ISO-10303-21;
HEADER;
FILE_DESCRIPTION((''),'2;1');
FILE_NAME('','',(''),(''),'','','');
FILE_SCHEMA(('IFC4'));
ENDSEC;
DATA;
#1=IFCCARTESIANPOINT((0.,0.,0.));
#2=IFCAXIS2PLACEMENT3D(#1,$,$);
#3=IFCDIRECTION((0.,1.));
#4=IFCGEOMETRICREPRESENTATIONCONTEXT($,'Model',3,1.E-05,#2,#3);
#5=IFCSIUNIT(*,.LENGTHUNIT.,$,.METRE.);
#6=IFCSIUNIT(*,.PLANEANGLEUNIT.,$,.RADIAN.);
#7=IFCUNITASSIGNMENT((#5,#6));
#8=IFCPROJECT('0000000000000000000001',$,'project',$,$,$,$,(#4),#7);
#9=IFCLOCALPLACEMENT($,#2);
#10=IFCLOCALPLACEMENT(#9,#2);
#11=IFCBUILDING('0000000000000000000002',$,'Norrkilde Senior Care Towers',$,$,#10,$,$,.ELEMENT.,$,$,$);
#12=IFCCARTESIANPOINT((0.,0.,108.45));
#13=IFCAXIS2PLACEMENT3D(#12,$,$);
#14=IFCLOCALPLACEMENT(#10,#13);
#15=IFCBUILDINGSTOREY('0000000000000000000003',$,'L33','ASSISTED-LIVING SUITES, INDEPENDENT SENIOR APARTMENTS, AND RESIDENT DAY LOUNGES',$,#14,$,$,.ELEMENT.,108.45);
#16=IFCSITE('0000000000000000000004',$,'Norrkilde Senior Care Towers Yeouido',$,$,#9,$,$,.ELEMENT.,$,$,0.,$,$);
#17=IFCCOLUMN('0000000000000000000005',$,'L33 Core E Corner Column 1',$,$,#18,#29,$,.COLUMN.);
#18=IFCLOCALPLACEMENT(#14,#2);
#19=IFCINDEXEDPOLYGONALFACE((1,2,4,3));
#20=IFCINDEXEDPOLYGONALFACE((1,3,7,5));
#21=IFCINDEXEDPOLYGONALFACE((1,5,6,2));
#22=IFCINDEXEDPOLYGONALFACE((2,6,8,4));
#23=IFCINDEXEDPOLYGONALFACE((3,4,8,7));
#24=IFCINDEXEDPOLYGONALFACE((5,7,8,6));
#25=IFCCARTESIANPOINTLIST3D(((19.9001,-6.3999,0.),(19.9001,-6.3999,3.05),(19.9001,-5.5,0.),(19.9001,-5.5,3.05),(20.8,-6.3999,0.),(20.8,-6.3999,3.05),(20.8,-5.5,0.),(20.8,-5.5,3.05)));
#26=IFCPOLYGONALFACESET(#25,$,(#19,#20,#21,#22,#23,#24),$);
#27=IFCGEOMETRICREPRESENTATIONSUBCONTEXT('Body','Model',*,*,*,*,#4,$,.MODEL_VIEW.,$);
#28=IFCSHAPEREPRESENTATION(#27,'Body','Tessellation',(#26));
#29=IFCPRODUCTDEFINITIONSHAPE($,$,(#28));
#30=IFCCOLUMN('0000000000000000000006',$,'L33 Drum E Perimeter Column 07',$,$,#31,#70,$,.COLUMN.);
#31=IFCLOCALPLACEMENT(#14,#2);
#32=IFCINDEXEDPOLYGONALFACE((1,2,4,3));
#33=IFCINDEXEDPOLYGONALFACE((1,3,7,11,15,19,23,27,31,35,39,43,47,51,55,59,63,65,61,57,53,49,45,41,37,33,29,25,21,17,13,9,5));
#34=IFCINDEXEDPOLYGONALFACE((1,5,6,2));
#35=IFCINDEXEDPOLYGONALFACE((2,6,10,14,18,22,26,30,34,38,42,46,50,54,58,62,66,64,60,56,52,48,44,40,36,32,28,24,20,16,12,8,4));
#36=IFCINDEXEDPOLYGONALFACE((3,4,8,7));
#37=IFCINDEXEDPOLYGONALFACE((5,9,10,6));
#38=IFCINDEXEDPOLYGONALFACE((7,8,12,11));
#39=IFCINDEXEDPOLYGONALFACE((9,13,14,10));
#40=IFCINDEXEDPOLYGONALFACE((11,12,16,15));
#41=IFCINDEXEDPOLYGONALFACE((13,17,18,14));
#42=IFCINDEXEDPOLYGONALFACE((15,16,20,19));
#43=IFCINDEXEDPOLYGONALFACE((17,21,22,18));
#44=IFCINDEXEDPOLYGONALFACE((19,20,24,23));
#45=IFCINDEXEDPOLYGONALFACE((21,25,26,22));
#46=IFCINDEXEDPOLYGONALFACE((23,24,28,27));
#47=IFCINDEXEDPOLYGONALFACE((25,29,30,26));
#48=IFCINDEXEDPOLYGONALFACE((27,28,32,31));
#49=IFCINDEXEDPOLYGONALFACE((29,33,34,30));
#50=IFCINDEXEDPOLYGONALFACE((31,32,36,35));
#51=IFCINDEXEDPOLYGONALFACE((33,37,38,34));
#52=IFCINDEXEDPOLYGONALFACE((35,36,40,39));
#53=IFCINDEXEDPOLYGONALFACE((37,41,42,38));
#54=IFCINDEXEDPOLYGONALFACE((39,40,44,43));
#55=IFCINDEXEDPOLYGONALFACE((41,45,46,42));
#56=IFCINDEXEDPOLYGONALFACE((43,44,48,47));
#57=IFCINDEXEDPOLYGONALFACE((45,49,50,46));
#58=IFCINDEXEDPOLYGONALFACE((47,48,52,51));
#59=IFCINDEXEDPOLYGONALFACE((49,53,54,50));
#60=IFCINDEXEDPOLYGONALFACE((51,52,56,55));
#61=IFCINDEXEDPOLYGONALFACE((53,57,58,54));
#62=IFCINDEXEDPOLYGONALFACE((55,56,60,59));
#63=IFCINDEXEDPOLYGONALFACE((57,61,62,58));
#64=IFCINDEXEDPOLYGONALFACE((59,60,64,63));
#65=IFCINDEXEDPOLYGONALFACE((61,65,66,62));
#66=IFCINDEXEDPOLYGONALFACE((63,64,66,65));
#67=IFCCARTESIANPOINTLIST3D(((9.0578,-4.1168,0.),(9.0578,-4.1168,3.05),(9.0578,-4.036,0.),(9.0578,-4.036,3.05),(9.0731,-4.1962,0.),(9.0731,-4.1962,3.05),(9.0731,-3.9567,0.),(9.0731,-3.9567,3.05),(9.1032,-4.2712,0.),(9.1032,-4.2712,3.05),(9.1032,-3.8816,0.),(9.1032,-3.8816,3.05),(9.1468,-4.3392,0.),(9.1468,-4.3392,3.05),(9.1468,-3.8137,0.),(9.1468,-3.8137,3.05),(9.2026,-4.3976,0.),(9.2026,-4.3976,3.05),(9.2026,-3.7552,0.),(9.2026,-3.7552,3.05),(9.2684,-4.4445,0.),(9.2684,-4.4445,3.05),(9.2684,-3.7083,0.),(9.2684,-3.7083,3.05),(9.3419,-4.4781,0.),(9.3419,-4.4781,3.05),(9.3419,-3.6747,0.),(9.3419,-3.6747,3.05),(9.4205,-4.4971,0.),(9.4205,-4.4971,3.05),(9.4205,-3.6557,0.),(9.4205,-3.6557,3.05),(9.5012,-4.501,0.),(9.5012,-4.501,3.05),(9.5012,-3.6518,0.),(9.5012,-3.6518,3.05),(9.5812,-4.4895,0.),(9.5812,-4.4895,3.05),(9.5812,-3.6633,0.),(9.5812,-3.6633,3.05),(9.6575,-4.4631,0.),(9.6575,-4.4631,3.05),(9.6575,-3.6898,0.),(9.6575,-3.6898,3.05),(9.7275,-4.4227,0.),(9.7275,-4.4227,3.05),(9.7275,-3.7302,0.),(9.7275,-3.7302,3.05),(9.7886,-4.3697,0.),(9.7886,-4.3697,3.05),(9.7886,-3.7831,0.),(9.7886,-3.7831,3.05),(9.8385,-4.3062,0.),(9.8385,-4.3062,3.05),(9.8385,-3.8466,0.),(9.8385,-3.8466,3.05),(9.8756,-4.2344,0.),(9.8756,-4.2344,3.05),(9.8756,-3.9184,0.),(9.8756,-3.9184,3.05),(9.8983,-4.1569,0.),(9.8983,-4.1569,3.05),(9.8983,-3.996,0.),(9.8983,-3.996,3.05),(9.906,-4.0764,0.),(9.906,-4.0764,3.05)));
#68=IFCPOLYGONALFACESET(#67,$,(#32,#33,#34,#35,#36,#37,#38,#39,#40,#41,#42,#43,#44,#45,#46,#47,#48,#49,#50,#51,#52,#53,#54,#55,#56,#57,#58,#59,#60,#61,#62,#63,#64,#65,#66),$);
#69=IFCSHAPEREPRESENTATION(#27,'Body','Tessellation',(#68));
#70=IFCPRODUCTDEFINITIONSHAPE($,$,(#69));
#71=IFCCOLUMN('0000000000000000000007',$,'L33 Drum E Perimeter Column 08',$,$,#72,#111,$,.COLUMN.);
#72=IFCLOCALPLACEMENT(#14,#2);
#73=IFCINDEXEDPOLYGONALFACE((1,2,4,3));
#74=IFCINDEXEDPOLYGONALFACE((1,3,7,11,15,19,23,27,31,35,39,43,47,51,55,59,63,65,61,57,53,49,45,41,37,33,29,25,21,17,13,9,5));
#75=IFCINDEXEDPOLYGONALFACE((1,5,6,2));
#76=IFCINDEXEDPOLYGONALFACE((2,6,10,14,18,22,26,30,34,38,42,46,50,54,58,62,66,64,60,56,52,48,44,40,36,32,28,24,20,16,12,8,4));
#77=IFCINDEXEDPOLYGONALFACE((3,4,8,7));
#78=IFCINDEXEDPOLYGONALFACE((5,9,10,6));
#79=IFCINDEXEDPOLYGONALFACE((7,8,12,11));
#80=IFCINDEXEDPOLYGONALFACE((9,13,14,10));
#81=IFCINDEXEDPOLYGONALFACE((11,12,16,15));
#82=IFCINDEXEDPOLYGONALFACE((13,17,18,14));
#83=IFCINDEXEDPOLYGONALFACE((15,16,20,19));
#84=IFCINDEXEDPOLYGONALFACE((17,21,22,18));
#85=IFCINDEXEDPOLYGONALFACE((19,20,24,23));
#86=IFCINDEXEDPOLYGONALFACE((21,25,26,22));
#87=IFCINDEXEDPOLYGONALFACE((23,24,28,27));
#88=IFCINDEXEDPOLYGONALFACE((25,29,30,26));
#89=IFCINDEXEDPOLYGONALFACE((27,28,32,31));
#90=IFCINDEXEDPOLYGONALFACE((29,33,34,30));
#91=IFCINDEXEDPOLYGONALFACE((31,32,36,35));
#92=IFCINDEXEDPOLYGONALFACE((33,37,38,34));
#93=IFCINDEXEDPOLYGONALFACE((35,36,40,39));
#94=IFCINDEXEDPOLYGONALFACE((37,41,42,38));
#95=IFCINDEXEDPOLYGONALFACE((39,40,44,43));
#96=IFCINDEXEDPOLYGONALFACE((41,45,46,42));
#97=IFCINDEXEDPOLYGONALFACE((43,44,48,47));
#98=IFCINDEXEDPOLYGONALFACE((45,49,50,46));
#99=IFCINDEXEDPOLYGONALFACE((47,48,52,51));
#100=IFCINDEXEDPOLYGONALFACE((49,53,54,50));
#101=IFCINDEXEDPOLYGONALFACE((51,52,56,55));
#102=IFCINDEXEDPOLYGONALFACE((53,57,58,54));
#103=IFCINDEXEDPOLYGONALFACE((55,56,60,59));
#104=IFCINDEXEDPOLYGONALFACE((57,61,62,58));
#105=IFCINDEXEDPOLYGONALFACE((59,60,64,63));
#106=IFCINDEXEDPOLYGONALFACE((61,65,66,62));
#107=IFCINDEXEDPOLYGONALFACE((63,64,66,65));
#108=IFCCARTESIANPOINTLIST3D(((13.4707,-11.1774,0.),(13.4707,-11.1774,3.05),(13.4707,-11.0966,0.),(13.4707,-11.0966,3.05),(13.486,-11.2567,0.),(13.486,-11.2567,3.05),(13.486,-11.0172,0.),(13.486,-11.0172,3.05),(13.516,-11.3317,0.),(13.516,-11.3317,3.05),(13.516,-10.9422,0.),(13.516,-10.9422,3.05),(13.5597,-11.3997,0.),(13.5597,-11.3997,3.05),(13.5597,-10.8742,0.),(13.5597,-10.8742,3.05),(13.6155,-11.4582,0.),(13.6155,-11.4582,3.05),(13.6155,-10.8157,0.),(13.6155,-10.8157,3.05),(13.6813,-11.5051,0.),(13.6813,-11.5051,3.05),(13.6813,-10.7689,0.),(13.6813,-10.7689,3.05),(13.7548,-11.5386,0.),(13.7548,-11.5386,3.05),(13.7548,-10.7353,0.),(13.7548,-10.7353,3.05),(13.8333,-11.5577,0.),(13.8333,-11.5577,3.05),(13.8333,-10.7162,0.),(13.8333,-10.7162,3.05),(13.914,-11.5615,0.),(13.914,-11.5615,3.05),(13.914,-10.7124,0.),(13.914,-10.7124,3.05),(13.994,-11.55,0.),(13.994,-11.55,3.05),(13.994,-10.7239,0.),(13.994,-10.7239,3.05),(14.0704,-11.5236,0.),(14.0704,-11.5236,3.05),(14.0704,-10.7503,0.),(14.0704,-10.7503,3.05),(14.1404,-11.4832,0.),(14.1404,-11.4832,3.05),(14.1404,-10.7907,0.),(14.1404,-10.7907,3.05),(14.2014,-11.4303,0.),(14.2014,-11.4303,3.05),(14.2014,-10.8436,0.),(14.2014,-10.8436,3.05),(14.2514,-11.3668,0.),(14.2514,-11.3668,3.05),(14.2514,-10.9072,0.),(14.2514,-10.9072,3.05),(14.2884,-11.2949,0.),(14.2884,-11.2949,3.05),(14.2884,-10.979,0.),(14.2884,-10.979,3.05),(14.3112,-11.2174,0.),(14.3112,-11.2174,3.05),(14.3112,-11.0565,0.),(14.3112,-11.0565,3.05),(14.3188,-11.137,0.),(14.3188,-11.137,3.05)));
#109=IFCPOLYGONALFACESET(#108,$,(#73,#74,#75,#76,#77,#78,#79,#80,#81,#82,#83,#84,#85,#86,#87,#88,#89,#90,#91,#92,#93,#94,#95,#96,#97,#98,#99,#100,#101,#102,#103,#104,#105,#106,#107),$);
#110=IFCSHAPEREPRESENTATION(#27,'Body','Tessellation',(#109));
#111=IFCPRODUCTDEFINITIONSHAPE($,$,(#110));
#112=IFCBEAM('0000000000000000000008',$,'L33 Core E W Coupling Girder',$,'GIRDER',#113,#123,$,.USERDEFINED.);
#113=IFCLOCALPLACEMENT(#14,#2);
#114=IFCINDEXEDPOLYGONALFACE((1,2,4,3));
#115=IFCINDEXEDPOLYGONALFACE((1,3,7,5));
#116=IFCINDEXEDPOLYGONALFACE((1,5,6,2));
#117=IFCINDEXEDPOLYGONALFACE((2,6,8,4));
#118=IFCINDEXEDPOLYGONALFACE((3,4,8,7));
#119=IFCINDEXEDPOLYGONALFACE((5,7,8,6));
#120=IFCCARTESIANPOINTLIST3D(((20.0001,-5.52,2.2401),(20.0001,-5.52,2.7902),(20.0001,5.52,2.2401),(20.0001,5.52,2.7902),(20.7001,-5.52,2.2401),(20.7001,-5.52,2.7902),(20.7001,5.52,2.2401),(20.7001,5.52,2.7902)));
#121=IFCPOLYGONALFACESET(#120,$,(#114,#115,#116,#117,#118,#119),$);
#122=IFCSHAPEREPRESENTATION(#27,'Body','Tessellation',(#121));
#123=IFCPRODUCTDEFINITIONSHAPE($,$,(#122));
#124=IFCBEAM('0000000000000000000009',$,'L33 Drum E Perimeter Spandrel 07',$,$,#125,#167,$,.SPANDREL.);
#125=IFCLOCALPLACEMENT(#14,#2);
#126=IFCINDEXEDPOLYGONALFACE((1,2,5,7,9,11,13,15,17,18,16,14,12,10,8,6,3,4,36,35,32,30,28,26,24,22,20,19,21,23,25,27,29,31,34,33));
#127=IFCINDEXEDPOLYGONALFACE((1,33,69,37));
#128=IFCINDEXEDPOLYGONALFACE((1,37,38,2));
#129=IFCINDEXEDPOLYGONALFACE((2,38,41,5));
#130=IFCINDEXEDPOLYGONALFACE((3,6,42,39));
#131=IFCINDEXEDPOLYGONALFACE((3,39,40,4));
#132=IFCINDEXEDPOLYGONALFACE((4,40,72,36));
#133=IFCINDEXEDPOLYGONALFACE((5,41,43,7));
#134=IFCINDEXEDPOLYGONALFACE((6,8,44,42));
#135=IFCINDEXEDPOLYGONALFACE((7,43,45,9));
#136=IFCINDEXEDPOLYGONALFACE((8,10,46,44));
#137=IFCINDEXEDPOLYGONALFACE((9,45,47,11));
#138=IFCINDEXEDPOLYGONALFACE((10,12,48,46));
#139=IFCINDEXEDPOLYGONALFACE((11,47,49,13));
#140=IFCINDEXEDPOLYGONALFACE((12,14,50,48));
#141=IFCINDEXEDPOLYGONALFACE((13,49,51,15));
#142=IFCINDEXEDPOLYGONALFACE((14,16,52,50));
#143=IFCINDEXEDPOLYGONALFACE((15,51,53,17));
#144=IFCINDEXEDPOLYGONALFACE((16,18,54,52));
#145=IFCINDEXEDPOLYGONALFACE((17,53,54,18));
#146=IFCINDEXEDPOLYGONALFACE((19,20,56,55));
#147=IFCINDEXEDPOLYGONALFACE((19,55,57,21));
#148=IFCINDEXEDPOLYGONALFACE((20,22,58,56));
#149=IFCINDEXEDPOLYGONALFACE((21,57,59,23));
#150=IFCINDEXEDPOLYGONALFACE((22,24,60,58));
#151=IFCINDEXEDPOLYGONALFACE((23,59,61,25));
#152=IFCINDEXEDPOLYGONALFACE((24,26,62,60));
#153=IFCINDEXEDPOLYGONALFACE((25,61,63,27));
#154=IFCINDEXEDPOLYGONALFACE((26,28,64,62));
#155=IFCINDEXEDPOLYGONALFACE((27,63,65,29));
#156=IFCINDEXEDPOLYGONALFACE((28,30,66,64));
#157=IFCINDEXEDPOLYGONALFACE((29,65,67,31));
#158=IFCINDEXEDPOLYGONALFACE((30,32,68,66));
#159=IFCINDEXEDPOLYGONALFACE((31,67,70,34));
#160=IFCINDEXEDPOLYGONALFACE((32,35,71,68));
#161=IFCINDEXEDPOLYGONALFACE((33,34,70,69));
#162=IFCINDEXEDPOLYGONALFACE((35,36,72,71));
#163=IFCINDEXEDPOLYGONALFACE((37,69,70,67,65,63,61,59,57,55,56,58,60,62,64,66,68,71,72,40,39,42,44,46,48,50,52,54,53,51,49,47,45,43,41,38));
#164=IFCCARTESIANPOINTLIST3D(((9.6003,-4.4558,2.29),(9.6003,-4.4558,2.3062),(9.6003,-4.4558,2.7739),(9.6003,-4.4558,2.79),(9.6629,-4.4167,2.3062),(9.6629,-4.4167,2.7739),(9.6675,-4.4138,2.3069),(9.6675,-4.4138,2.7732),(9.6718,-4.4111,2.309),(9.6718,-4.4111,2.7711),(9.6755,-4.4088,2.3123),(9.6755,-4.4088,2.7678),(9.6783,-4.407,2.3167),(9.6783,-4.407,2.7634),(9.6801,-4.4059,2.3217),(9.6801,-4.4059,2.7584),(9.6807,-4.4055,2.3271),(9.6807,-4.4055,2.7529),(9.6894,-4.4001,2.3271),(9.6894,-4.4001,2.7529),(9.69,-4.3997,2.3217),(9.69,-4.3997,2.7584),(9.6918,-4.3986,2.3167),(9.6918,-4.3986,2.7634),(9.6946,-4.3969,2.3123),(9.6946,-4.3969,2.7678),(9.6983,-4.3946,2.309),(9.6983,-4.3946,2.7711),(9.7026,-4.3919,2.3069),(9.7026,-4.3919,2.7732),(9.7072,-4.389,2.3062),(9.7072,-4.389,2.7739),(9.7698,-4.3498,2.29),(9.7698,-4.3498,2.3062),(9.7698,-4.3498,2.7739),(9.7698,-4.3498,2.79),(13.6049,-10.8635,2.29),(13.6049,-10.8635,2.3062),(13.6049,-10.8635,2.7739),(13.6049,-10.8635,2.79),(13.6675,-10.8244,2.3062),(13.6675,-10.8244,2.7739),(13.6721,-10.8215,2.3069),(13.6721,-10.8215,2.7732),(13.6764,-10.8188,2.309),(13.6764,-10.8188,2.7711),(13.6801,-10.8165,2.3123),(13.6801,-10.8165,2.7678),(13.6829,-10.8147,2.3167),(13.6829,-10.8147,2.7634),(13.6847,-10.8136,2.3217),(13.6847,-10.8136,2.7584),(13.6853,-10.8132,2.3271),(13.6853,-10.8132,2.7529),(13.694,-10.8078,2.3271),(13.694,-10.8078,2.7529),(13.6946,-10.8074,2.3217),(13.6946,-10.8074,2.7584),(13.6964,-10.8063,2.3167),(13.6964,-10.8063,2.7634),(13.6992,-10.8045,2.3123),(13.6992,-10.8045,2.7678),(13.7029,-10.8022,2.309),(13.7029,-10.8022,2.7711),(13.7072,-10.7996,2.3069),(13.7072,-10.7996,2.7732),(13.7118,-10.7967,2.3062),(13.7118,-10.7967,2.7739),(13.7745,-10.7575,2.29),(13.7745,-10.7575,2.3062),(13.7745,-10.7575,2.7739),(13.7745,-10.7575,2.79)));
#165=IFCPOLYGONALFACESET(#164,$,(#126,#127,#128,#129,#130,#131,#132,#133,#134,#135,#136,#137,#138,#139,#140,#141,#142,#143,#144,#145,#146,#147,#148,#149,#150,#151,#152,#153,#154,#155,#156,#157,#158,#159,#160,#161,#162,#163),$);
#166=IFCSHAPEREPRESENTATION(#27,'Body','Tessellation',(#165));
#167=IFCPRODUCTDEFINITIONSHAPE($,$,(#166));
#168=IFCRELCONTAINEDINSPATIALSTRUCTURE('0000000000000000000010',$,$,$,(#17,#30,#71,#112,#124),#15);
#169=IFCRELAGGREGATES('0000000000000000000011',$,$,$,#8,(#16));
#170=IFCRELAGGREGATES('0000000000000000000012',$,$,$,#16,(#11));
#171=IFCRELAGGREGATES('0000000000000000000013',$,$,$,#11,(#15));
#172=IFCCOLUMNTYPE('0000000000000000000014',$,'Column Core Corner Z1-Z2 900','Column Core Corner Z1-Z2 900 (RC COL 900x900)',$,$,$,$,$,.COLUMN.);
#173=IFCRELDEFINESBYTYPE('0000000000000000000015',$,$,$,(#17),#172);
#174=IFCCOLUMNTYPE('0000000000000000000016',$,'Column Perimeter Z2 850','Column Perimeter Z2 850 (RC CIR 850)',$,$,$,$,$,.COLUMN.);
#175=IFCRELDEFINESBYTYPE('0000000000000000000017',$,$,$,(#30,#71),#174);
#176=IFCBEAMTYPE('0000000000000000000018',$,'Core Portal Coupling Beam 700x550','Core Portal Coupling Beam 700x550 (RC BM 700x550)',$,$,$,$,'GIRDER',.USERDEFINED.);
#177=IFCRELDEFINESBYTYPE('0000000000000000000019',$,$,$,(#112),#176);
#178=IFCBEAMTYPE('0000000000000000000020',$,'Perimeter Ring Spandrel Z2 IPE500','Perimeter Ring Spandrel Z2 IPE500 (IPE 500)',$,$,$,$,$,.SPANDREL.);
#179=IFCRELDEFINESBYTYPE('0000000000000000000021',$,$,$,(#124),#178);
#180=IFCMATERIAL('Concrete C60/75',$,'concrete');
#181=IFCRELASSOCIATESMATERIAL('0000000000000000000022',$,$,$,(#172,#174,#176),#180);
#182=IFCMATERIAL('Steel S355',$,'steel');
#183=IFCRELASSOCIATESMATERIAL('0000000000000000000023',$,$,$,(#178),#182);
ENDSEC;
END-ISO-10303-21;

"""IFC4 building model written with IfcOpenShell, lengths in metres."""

from ifc_helpers import new_model, si_unit, direction, frame, origin, origin_2d, place, context, subcontext, project, spatial, rectangle, circle, i_section, extrude, source, transform, mapped, material, material_profile, profile_set, type_object, type_shapes, element, save


model = new_model("IFC4")

# Units and contexts
model_context = context("Model", 3, precision=1e-05, world=origin(), true_north=direction((0.0, 1.0)))
body_context = subcontext(model_context, "Body", "Model", "MODEL_VIEW")
ifc_project = project(units=[si_unit("LENGTHUNIT", "METRE"), si_unit("PLANEANGLEUNIT", "RADIAN")], contexts=[model_context])

# Site, building, storey
site_placement = place(None, origin())
site = spatial("IfcSite", under=ifc_project, at=site_placement, Name="Norrkilde Senior Care Towers Yeouido", CompositionType="ELEMENT", RefElevation=0.0)
building_placement = place(site_placement, origin())
building = spatial("IfcBuilding", under=site, at=building_placement, Name="Norrkilde Senior Care Towers", CompositionType="ELEMENT")
storey_placement = place(building_placement, frame((0.0, 0.0, 108.45)))
storey = spatial("IfcBuildingStorey", under=building, at=storey_placement, Name="L33", Description="ASSISTED-LIVING SUITES, INDEPENDENT SENIOR APARTMENTS, AND RESIDENT DAY LOUNGES", CompositionType="ELEMENT", Elevation=108.45)

# Columns
ifc_material_1 = material(Name="Concrete C60/75", Category="concrete")
ifc_material_profile_1 = material_profile(ifc_material_1, rectangle(XDim=0.8999, YDim=0.8999, at=origin_2d()), Name="RC COL 900x900")
ifc_profile_set_1 = profile_set([ifc_material_profile_1], Name="Concrete C60/75")
column_type_1 = type_object("IfcColumnType", Name="Column Core Corner Z1-Z2 900", Description="Column Core Corner Z1-Z2 900 (RC COL 900x900)", PredefinedType="COLUMN", material=ifc_profile_set_1)
shared_shape_1 = source(origin(), body_context, "Body", "SweptSolid", [
    extrude(rectangle(XDim=0.8999, YDim=0.8999, at=origin_2d()), origin(), (0.0, 0.0, 1.0), 3.05),
])
type_shapes(column_type_1, [shared_shape_1])
column_placement = place(storey_placement, frame((20.3501, -5.95, 0.0), z_axis=(0.0, 0.0, 1.0), x_axis=(1.0, 0.0, 0.0)))
element("IfcColumn", 1, at=column_placement, inside=storey, type_object=column_type_1, Name="L33 Core E Corner Column 1", PredefinedType="COLUMN", context=body_context, shape_type="MappedRepresentation", body=[
    mapped(shared_shape_1, transform((0.0, 0.0, 0.0), x_axis=(1.0, 0.0, 0.0), y_axis=(0.0, 1.0, 0.0), z_axis=(0.0, 0.0, 1.0), scale=1.0)),
])
ifc_material_profile_2 = material_profile(ifc_material_1, circle(Radius=0.425, at=origin_2d()), Name="RC CIR 850")
ifc_profile_set_2 = profile_set([ifc_material_profile_2], Name="Concrete C60/75")
column_type_2 = type_object("IfcColumnType", Name="Column Perimeter Z2 850", Description="Column Perimeter Z2 850 (RC CIR 850)", PredefinedType="COLUMN", material=ifc_profile_set_2)
shared_shape_2 = source(origin(), body_context, "Body", "SweptSolid", [
    extrude(circle(Radius=0.425, at=origin_2d()), origin(), (0.0, 0.0, 1.0), 3.05),
])
type_shapes(column_type_2, [shared_shape_2])
for number, where, z_axis, x_axis, name in (
    (2, (9.481, -4.0764, 0.0), (0.0, 0.0, 1.0), (1.0, 0.0, 0.0), "L33 Drum E Perimeter Column 07"),
    (3, (13.8938, -11.137, 0.0), (0.0, 0.0, 1.0), (1.0, 0.0, 0.0), "L33 Drum E Perimeter Column 08"),
):
    element("IfcColumn", number, at=place(storey_placement, frame(where, z_axis=z_axis, x_axis=x_axis)), inside=storey, type_object=column_type_2, Name=name, PredefinedType="COLUMN", context=body_context, shape_type="MappedRepresentation", body=[
        mapped(shared_shape_2, transform((0.0, 0.0, 0.0), x_axis=(1.0, 0.0, 0.0), y_axis=(0.0, 1.0, 0.0), z_axis=(0.0, 0.0, 1.0), scale=1.0)),
    ])

# Beams
ifc_material_profile_3 = material_profile(ifc_material_1, rectangle(XDim=0.7, YDim=0.55, at=origin_2d()), Name="RC BM 700x550")
ifc_profile_set_3 = profile_set([ifc_material_profile_3], Name="Concrete C60/75")
beam_type_1 = type_object("IfcBeamType", Name="Core Portal Coupling Beam 700x550", Description="Core Portal Coupling Beam 700x550 (RC BM 700x550)", ElementType="GIRDER", PredefinedType="USERDEFINED", material=ifc_profile_set_3)
shared_shape_3 = source(origin(), body_context, "Body", "SweptSolid", [
    extrude(rectangle(XDim=0.7, YDim=0.55, at=origin_2d()), origin(), (0.0, 0.0, 1.0), 11.04),
])
type_shapes(beam_type_1, [shared_shape_3])
beam_1_placement = place(storey_placement, frame((20.3501, -5.52, 2.5151), z_axis=(0.0, 1.0, 0.0), x_axis=(-1.0, 0.0, 0.0)))
element("IfcBeam", 4, at=beam_1_placement, inside=storey, type_object=beam_type_1, Name="L33 Core E W Coupling Girder", ObjectType="GIRDER", PredefinedType="USERDEFINED", context=body_context, shape_type="MappedRepresentation", body=[
    mapped(shared_shape_3, transform((0.0, 0.0, 0.0), x_axis=(1.0, 0.0, 0.0), y_axis=(0.0, 1.0, 0.0), z_axis=(0.0, 0.0, 1.0), scale=1.0)),
])
ifc_material_2 = material(Name="Steel S355", Category="steel")
ifc_material_profile_4 = material_profile(ifc_material_2, i_section(OverallWidth=0.2, OverallDepth=0.5, WebThickness=0.0103, FlangeThickness=0.0161, FilletRadius=0.021, at=origin_2d()), Name="IPE 500")
ifc_profile_set_4 = profile_set([ifc_material_profile_4], Name="Steel S355")
beam_type_2 = type_object("IfcBeamType", Name="Perimeter Ring Spandrel Z2 IPE500", Description="Perimeter Ring Spandrel Z2 IPE500 (IPE 500)", PredefinedType="SPANDREL", material=ifc_profile_set_4)
shared_shape_4 = source(origin(), body_context, "Body", "SweptSolid", [
    extrude(i_section(OverallWidth=0.2, OverallDepth=0.5, WebThickness=0.0103, FlangeThickness=0.0161, FilletRadius=0.021, at=origin_2d()), origin(), (0.0, 0.0, 1.0), 7.5562),
])
beam_2_placement = place(storey_placement, frame((9.6851, -4.4028, 2.54), z_axis=(0.529982, -0.848009, 0.0), x_axis=(0.848009, 0.529982, 0.0)))
element("IfcBeam", 5, at=beam_2_placement, inside=storey, type_object=beam_type_2, Name="L33 Drum E Perimeter Spandrel 07", PredefinedType="SPANDREL", context=body_context, shape_type="MappedRepresentation", body=[
    mapped(shared_shape_4, transform((0.0, 0.0, 0.0), x_axis=(1.0, 0.0, 0.0), y_axis=(0.0, 1.0, 0.0), z_axis=(0.0, 0.0, 1.0), scale=1.0)),
])

save(model, "model.ifc")
